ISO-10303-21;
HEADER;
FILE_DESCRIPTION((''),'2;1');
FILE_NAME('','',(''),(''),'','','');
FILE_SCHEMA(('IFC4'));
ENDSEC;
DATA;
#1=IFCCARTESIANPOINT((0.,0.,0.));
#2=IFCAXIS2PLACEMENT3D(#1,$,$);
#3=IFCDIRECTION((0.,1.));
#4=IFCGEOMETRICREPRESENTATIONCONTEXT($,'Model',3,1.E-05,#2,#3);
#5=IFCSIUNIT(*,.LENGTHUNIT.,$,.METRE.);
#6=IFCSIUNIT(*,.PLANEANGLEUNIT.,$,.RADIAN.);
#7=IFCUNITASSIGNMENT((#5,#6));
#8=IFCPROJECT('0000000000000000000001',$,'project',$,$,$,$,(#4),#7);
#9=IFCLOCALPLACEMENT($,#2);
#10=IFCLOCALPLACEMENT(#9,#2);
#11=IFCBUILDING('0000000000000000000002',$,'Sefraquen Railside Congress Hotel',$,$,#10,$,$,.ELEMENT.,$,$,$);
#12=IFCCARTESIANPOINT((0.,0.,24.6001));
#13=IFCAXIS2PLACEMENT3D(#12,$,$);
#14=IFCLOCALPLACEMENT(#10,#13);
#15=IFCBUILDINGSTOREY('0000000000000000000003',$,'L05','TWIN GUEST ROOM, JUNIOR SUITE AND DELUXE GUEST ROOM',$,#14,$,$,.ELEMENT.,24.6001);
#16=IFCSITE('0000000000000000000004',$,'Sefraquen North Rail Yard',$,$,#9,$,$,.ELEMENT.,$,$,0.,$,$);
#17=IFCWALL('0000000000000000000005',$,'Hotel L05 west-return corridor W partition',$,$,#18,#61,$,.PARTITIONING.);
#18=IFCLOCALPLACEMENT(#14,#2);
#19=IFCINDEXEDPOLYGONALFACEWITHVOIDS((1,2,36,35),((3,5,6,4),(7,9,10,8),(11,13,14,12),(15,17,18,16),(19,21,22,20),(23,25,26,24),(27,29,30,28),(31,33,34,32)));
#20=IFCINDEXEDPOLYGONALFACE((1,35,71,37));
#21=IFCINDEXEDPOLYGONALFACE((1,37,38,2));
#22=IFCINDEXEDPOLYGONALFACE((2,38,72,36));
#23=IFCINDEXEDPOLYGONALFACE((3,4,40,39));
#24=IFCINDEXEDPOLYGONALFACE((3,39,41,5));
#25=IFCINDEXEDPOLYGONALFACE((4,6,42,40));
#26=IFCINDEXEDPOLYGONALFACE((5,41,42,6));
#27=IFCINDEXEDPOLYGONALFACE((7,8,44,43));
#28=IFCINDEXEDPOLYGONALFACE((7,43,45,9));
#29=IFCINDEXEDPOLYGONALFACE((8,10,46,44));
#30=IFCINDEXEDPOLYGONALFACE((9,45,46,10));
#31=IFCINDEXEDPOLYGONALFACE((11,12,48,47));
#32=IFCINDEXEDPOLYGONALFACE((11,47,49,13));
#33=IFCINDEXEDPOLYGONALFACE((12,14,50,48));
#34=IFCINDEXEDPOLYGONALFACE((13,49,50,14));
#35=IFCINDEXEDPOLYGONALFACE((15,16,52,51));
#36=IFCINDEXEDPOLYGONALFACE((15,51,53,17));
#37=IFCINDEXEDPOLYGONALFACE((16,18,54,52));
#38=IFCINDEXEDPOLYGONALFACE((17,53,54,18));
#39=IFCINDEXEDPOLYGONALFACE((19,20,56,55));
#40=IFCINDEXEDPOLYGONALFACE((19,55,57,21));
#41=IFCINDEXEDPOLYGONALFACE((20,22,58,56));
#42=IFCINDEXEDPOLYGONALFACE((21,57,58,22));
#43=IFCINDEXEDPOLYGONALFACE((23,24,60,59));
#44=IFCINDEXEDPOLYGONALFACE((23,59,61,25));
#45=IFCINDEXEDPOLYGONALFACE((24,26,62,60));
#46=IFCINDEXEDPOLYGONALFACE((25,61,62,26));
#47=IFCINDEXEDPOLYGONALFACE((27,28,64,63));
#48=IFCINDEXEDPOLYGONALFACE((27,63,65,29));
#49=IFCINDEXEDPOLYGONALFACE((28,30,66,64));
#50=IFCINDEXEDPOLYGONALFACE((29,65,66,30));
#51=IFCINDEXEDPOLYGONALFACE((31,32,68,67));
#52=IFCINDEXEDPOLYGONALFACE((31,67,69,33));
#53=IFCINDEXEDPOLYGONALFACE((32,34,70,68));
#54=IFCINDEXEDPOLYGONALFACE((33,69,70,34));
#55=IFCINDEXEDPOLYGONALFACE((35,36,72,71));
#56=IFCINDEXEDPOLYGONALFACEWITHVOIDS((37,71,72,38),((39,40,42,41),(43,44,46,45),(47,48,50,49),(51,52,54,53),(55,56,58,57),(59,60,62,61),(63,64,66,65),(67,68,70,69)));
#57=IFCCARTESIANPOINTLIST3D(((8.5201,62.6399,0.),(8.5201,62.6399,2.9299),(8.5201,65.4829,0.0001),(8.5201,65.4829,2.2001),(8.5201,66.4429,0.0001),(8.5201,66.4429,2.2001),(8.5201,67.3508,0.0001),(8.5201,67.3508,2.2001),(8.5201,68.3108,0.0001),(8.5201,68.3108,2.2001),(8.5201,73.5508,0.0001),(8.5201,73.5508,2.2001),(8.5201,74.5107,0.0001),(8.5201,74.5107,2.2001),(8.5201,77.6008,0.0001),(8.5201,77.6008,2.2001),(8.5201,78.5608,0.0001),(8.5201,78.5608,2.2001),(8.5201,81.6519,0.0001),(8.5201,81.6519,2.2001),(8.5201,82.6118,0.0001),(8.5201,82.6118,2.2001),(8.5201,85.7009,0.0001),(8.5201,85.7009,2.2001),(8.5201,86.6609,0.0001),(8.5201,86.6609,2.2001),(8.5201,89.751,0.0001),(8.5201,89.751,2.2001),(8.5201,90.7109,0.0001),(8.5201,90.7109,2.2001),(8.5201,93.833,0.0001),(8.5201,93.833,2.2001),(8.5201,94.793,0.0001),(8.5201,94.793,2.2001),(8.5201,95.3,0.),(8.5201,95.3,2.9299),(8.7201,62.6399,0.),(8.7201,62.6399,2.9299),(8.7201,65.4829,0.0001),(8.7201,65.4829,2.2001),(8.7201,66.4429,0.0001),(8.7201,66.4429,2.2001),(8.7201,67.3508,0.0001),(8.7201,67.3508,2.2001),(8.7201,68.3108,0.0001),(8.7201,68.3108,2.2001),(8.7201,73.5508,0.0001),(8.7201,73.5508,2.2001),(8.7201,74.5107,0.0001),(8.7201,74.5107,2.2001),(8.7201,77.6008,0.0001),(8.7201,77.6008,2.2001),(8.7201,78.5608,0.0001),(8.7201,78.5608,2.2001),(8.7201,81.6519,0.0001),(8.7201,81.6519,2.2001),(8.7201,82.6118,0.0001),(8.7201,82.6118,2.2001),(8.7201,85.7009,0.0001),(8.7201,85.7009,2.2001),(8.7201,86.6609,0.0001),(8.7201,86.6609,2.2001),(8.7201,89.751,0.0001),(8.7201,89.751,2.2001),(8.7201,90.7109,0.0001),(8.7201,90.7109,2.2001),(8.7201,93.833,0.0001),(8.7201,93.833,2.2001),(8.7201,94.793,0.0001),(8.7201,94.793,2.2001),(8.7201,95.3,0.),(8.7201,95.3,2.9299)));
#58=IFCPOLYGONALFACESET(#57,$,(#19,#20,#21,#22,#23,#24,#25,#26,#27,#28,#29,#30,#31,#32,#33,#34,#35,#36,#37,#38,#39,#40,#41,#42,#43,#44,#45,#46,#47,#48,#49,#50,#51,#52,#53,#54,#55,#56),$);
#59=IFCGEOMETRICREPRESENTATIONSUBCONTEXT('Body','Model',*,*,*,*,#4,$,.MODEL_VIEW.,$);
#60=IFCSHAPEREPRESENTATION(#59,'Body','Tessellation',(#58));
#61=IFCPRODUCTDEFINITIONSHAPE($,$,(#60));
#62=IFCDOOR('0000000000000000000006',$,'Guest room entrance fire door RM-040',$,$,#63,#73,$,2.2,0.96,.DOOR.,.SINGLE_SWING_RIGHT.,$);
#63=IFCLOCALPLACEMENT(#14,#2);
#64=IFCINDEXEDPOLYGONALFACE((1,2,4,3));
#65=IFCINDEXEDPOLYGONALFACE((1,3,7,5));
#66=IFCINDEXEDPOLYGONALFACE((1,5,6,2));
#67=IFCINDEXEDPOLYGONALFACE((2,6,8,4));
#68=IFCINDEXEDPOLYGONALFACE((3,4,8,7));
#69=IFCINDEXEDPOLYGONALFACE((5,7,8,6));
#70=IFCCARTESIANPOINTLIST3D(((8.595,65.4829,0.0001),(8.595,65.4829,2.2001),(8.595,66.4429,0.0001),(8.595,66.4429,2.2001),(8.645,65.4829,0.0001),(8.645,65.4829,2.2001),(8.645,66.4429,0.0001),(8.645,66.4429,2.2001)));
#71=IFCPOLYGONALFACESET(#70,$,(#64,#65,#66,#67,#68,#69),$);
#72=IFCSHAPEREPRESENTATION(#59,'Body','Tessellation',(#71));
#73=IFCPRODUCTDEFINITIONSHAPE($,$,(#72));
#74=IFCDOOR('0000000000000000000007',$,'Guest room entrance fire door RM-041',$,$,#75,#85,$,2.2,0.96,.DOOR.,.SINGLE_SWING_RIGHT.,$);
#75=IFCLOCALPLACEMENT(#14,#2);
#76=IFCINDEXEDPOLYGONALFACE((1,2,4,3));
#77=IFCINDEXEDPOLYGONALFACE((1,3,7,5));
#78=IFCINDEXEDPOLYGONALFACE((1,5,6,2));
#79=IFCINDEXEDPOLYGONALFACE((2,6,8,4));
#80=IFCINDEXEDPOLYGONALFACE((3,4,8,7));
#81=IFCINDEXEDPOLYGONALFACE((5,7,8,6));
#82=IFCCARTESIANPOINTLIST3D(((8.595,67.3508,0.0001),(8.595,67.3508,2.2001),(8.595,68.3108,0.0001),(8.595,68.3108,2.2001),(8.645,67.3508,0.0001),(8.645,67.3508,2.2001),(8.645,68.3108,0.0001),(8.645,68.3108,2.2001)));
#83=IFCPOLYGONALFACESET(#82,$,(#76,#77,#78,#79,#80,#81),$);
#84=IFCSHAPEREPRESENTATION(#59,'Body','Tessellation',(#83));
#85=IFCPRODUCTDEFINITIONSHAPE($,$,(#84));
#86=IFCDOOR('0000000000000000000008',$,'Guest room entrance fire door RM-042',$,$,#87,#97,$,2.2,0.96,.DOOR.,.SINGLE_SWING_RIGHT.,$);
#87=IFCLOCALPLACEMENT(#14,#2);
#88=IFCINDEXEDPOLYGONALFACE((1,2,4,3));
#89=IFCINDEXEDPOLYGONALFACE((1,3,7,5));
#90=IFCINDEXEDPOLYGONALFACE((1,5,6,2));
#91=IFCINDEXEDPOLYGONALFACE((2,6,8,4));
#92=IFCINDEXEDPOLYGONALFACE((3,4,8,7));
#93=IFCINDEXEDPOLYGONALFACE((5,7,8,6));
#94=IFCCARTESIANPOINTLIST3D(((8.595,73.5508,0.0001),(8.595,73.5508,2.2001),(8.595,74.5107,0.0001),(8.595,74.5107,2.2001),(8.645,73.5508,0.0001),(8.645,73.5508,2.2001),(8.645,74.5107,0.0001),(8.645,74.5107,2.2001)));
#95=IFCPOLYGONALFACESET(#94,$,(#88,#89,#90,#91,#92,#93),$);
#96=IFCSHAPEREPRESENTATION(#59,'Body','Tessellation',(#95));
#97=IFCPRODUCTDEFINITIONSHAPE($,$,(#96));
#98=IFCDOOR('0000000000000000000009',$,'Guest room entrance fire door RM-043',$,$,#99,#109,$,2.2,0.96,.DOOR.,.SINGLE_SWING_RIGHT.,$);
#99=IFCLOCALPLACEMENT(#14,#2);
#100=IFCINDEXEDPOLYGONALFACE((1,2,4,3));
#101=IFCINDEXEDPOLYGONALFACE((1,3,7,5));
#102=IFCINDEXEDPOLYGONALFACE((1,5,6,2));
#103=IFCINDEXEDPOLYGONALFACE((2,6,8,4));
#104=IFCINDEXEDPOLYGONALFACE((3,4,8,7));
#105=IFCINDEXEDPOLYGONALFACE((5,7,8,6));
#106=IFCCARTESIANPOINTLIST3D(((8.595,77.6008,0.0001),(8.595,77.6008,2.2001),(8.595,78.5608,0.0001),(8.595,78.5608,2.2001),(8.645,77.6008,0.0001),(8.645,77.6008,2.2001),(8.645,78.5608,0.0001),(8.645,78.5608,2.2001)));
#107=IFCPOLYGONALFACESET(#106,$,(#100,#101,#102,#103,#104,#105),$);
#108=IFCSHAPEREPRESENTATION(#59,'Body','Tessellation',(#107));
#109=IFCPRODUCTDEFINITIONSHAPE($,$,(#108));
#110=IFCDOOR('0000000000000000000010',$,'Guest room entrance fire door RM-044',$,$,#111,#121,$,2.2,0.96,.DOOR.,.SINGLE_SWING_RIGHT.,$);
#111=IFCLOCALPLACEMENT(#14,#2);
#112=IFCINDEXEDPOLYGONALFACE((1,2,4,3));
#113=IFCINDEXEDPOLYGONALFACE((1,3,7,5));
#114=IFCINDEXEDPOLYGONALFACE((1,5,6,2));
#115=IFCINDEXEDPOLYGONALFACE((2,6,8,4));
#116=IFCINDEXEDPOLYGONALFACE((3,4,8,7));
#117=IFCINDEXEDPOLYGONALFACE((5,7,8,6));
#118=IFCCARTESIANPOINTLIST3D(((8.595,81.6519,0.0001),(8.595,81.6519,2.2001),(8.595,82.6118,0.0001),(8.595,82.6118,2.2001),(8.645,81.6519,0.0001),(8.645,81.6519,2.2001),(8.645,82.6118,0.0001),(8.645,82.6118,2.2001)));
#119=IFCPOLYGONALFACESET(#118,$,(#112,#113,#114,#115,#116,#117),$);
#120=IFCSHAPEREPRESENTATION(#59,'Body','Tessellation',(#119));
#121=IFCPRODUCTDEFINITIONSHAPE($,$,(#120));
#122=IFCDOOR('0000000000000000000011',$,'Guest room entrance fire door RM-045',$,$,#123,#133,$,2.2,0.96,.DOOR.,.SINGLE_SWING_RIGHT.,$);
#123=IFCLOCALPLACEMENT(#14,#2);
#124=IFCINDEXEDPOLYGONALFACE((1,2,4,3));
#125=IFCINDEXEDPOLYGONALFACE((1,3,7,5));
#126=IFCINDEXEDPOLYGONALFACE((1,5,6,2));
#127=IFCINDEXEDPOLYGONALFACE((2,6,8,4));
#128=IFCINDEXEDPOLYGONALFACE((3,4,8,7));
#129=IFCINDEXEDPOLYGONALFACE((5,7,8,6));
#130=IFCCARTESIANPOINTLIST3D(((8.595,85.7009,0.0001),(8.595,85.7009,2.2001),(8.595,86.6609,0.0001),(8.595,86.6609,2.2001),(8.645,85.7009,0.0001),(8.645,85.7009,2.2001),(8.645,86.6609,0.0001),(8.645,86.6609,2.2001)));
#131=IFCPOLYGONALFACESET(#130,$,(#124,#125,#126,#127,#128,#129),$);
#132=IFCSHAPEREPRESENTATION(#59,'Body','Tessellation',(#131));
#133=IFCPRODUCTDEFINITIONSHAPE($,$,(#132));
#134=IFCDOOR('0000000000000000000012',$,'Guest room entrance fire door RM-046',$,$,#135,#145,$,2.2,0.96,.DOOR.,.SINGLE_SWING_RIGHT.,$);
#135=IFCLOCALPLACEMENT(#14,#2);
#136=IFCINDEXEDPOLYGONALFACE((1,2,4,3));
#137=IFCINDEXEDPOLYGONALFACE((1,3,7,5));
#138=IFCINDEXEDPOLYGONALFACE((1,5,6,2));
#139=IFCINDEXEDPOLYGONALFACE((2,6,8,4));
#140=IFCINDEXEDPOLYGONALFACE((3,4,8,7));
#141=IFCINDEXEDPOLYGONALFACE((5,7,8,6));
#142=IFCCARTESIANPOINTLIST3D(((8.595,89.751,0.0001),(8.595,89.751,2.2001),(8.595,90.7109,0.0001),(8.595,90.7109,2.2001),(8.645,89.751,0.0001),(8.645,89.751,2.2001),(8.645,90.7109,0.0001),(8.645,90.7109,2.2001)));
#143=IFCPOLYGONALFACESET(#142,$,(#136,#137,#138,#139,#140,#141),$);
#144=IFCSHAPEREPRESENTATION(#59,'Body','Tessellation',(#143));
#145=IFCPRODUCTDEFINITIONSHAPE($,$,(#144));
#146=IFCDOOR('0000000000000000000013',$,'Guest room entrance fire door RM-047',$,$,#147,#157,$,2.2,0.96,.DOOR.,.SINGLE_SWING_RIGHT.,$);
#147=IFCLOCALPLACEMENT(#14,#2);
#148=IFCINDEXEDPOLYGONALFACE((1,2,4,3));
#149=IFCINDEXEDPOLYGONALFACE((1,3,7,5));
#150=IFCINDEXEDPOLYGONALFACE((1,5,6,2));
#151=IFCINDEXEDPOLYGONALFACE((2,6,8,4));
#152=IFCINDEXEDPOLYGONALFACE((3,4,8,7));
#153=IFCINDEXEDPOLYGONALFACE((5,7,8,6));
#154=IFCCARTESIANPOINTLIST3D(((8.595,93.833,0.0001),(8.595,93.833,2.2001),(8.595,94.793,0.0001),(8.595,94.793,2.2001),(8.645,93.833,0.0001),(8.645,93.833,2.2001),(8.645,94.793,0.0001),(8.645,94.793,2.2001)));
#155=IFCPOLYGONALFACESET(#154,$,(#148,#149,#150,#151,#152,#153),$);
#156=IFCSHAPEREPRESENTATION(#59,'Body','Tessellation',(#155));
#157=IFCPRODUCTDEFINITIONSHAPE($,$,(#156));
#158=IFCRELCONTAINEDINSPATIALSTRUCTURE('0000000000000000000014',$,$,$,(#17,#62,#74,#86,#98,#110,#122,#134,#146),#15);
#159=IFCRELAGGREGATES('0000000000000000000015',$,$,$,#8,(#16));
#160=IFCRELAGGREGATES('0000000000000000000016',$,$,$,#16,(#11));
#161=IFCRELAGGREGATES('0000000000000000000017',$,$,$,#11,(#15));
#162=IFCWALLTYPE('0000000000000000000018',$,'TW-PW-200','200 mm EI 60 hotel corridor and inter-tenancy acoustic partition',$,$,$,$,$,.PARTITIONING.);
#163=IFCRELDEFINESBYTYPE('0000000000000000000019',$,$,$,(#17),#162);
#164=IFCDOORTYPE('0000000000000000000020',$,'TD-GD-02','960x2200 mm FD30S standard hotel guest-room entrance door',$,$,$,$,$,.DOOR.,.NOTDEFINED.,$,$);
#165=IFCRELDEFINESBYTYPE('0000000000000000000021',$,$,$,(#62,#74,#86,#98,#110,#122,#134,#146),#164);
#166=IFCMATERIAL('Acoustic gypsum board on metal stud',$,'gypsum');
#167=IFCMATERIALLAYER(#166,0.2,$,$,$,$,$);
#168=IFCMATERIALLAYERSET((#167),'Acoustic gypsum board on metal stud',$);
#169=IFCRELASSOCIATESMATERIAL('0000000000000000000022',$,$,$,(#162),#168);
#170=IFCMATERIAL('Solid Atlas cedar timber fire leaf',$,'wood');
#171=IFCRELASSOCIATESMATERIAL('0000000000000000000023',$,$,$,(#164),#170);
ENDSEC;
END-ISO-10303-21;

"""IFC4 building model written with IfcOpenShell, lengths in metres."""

from ifc_helpers import new_model, si_unit, direction, frame, frame_2d, origin, place, context, subcontext, project, spatial, rectangle, extrude, material, layer, layer_set, type_object, element, fill, save


model = new_model("IFC4")

# Units and contexts
model_context = context("Model", 3, precision=1e-05, world=origin(), true_north=direction((0.0, 1.0)))
body_context = subcontext(model_context, "Body", "Model", "MODEL_VIEW")
ifc_project = project(units=[si_unit("LENGTHUNIT", "METRE"), si_unit("PLANEANGLEUNIT", "RADIAN")], contexts=[model_context])

# Site, building, storey
site_placement = place(None, origin())
site = spatial("IfcSite", under=ifc_project, at=site_placement, Name="Sefraquen North Rail Yard", CompositionType="ELEMENT", RefElevation=0.0)
building_placement = place(site_placement, origin())
building = spatial("IfcBuilding", under=site, at=building_placement, Name="Sefraquen Railside Congress Hotel", CompositionType="ELEMENT")
storey_placement = place(building_placement, frame((0.0, 0.0, 24.6001)))
storey = spatial("IfcBuildingStorey", under=building, at=storey_placement, Name="L05", Description="TWIN GUEST ROOM, JUNIOR SUITE AND DELUXE GUEST ROOM", CompositionType="ELEMENT", Elevation=24.6001)

# Wall, openings, doors
ifc_material_1 = material(Name="Acoustic gypsum board on metal stud", Category="gypsum")
ifc_layer_1 = layer(ifc_material_1, 0.2)
ifc_layer_set_1 = layer_set([ifc_layer_1], Name="Acoustic gypsum board on metal stud")
wall_type_1 = type_object("IfcWallType", Name="TW-PW-200", Description="200 mm EI 60 hotel corridor and inter-tenancy acoustic partition", PredefinedType="PARTITIONING", material=ifc_layer_set_1)
wall_1_placement = place(storey_placement, frame((8.6201, 62.6399, 0.0), z_axis=(0.0, 0.0, 1.0), x_axis=(0.0, 1.0, 0.0)))
wall_1 = element("IfcWall", 1, at=wall_1_placement, inside=storey, type_object=wall_type_1, Name="Hotel L05 west-return corridor W partition", PredefinedType="PARTITIONING", context=body_context, shape_type="SweptSolid", body=[
    extrude(rectangle(XDim=32.6602, YDim=0.2, at=frame_2d((16.3301, 0.0))), origin(), (0.0, 0.0, 1.0), 2.9299),
])
opening_1_placement = place(wall_1_placement, frame((2.843, 0.0, 0.0)))
opening_1 = element("IfcOpeningElement", 2, at=opening_1_placement, cuts=wall_1, PredefinedType="OPENING", context=body_context, shape_type="SweptSolid", body=[
    extrude(rectangle(XDim=0.96, YDim=2.2, at=frame_2d((0.48, 1.1001))), frame((0.0, 0.1099, 0.0), z_axis=(0.0, -1.0, 0.0), x_axis=(1.0, 0.0, 0.0)), (0.0, 0.0, 1.0), 0.22),
])
opening_2_placement = place(wall_1_placement, frame((4.7109, 0.0, 0.0)))
opening_2 = element("IfcOpeningElement", 3, at=opening_2_placement, cuts=wall_1, PredefinedType="OPENING", context=body_context, shape_type="SweptSolid", body=[
    extrude(rectangle(XDim=0.96, YDim=2.2, at=frame_2d((0.48, 1.1001))), frame((0.0, 0.1099, 0.0), z_axis=(0.0, -1.0, 0.0), x_axis=(1.0, 0.0, 0.0)), (0.0, 0.0, 1.0), 0.22),
])
opening_3_placement = place(wall_1_placement, frame((10.9109, 0.0, 0.0)))
opening_3 = element("IfcOpeningElement", 4, at=opening_3_placement, cuts=wall_1, PredefinedType="OPENING", context=body_context, shape_type="SweptSolid", body=[
    extrude(rectangle(XDim=0.96, YDim=2.2, at=frame_2d((0.48, 1.1001))), frame((0.0, 0.1099, 0.0), z_axis=(0.0, -1.0, 0.0), x_axis=(1.0, 0.0, 0.0)), (0.0, 0.0, 1.0), 0.22),
])
opening_4_placement = place(wall_1_placement, frame((14.9609, 0.0, 0.0)))
opening_4 = element("IfcOpeningElement", 5, at=opening_4_placement, cuts=wall_1, PredefinedType="OPENING", context=body_context, shape_type="SweptSolid", body=[
    extrude(rectangle(XDim=0.96, YDim=2.2, at=frame_2d((0.48, 1.1001))), frame((0.0, 0.1099, 0.0), z_axis=(0.0, -1.0, 0.0), x_axis=(1.0, 0.0, 0.0)), (0.0, 0.0, 1.0), 0.22),
])
opening_5_placement = place(wall_1_placement, frame((19.012, 0.0, 0.0)))
opening_5 = element("IfcOpeningElement", 6, at=opening_5_placement, cuts=wall_1, PredefinedType="OPENING", context=body_context, shape_type="SweptSolid", body=[
    extrude(rectangle(XDim=0.96, YDim=2.2, at=frame_2d((0.48, 1.1001))), frame((0.0, 0.1099, 0.0), z_axis=(0.0, -1.0, 0.0), x_axis=(1.0, 0.0, 0.0)), (0.0, 0.0, 1.0), 0.22),
])
opening_6_placement = place(wall_1_placement, frame((23.061, 0.0, 0.0)))
opening_6 = element("IfcOpeningElement", 7, at=opening_6_placement, cuts=wall_1, PredefinedType="OPENING", context=body_context, shape_type="SweptSolid", body=[
    extrude(rectangle(XDim=0.96, YDim=2.2, at=frame_2d((0.48, 1.1001))), frame((0.0, 0.1099, 0.0), z_axis=(0.0, -1.0, 0.0), x_axis=(1.0, 0.0, 0.0)), (0.0, 0.0, 1.0), 0.22),
])
opening_7_placement = place(wall_1_placement, frame((27.1111, 0.0, 0.0)))
opening_7 = element("IfcOpeningElement", 8, at=opening_7_placement, cuts=wall_1, PredefinedType="OPENING", context=body_context, shape_type="SweptSolid", body=[
    extrude(rectangle(XDim=0.96, YDim=2.2, at=frame_2d((0.48, 1.1001))), frame((0.0, 0.1099, 0.0), z_axis=(0.0, -1.0, 0.0), x_axis=(1.0, 0.0, 0.0)), (0.0, 0.0, 1.0), 0.22),
])
opening_8_placement = place(wall_1_placement, frame((31.1931, 0.0, 0.0)))
opening_8 = element("IfcOpeningElement", 9, at=opening_8_placement, cuts=wall_1, PredefinedType="OPENING", context=body_context, shape_type="SweptSolid", body=[
    extrude(rectangle(XDim=0.96, YDim=2.2, at=frame_2d((0.48, 1.1001))), frame((0.0, 0.1099, 0.0), z_axis=(0.0, -1.0, 0.0), x_axis=(1.0, 0.0, 0.0)), (0.0, 0.0, 1.0), 0.22),
])
ifc_material_2 = material(Name="Solid Atlas cedar timber fire leaf", Category="wood")
door_type_1 = type_object("IfcDoorType", Name="TD-GD-02", Description="960x2200 mm FD30S standard hotel guest-room entrance door", OperationType="NOTDEFINED", PredefinedType="DOOR", material=ifc_material_2)
door_1_placement = place(opening_1_placement, frame((0.96, 0.0, 0.0), z_axis=(0.0, 0.0, 1.0), x_axis=(-1.0, 0.0, 0.0)))
door_1 = element("IfcDoor", 10, at=door_1_placement, inside=storey, type_object=door_type_1, Name="Guest room entrance fire door RM-040", OperationType="SINGLE_SWING_RIGHT", OverallHeight=2.2, OverallWidth=0.96, PredefinedType="DOOR", context=body_context, shape_type="SweptSolid", body=[
    extrude(rectangle(XDim=0.96, YDim=2.2, at=frame_2d((0.48, 1.1001))), frame((0.0, 0.0249, 0.0), z_axis=(0.0, -1.0, 0.0), x_axis=(1.0, 0.0, 0.0)), (0.0, 0.0, 1.0), 0.05),
])
fill(opening_1, door_1)
door_2_placement = place(opening_2_placement, frame((0.96, 0.0, 0.0), z_axis=(0.0, 0.0, 1.0), x_axis=(-1.0, 0.0, 0.0)))
door_2 = element("IfcDoor", 11, at=door_2_placement, inside=storey, type_object=door_type_1, Name="Guest room entrance fire door RM-041", OperationType="SINGLE_SWING_RIGHT", OverallHeight=2.2, OverallWidth=0.96, PredefinedType="DOOR", context=body_context, shape_type="SweptSolid", body=[
    extrude(rectangle(XDim=0.96, YDim=2.2, at=frame_2d((0.48, 1.1001))), frame((0.0, 0.0249, 0.0), z_axis=(0.0, -1.0, 0.0), x_axis=(1.0, 0.0, 0.0)), (0.0, 0.0, 1.0), 0.05),
])
fill(opening_2, door_2)
door_3_placement = place(opening_3_placement, frame((0.96, 0.0, 0.0), z_axis=(0.0, 0.0, 1.0), x_axis=(-1.0, 0.0, 0.0)))
door_3 = element("IfcDoor", 12, at=door_3_placement, inside=storey, type_object=door_type_1, Name="Guest room entrance fire door RM-042", OperationType="SINGLE_SWING_RIGHT", OverallHeight=2.2, OverallWidth=0.96, PredefinedType="DOOR", context=body_context, shape_type="SweptSolid", body=[
    extrude(rectangle(XDim=0.96, YDim=2.2, at=frame_2d((0.48, 1.1001))), frame((0.0, 0.0249, 0.0), z_axis=(0.0, -1.0, 0.0), x_axis=(1.0, 0.0, 0.0)), (0.0, 0.0, 1.0), 0.05),
])
fill(opening_3, door_3)
door_4_placement = place(opening_4_placement, frame((0.96, 0.0, 0.0), z_axis=(0.0, 0.0, 1.0), x_axis=(-1.0, 0.0, 0.0)))
door_4 = element("IfcDoor", 13, at=door_4_placement, inside=storey, type_object=door_type_1, Name="Guest room entrance fire door RM-043", OperationType="SINGLE_SWING_RIGHT", OverallHeight=2.2, OverallWidth=0.96, PredefinedType="DOOR", context=body_context, shape_type="SweptSolid", body=[
    extrude(rectangle(XDim=0.96, YDim=2.2, at=frame_2d((0.48, 1.1001))), frame((0.0, 0.0249, 0.0), z_axis=(0.0, -1.0, 0.0), x_axis=(1.0, 0.0, 0.0)), (0.0, 0.0, 1.0), 0.05),
])
fill(opening_4, door_4)
door_5_placement = place(opening_5_placement, frame((0.96, 0.0, 0.0), z_axis=(0.0, 0.0, 1.0), x_axis=(-1.0, 0.0, 0.0)))
door_5 = element("IfcDoor", 14, at=door_5_placement, inside=storey, type_object=door_type_1, Name="Guest room entrance fire door RM-044", OperationType="SINGLE_SWING_RIGHT", OverallHeight=2.2, OverallWidth=0.96, PredefinedType="DOOR", context=body_context, shape_type="SweptSolid", body=[
    extrude(rectangle(XDim=0.96, YDim=2.2, at=frame_2d((0.48, 1.1001))), frame((0.0, 0.0249, 0.0), z_axis=(0.0, -1.0, 0.0), x_axis=(1.0, 0.0, 0.0)), (0.0, 0.0, 1.0), 0.05),
])
fill(opening_5, door_5)
door_6_placement = place(opening_6_placement, frame((0.96, 0.0, 0.0), z_axis=(0.0, 0.0, 1.0), x_axis=(-1.0, 0.0, 0.0)))
door_6 = element("IfcDoor", 15, at=door_6_placement, inside=storey, type_object=door_type_1, Name="Guest room entrance fire door RM-045", OperationType="SINGLE_SWING_RIGHT", OverallHeight=2.2, OverallWidth=0.96, PredefinedType="DOOR", context=body_context, shape_type="SweptSolid", body=[
    extrude(rectangle(XDim=0.96, YDim=2.2, at=frame_2d((0.48, 1.1001))), frame((0.0, 0.0249, 0.0), z_axis=(0.0, -1.0, 0.0), x_axis=(1.0, 0.0, 0.0)), (0.0, 0.0, 1.0), 0.05),
])
fill(opening_6, door_6)
door_7_placement = place(opening_7_placement, frame((0.96, 0.0, 0.0), z_axis=(0.0, 0.0, 1.0), x_axis=(-1.0, 0.0, 0.0)))
door_7 = element("IfcDoor", 16, at=door_7_placement, inside=storey, type_object=door_type_1, Name="Guest room entrance fire door RM-046", OperationType="SINGLE_SWING_RIGHT", OverallHeight=2.2, OverallWidth=0.96, PredefinedType="DOOR", context=body_context, shape_type="SweptSolid", body=[
    extrude(rectangle(XDim=0.96, YDim=2.2, at=frame_2d((0.48, 1.1001))), frame((0.0, 0.0249, 0.0), z_axis=(0.0, -1.0, 0.0), x_axis=(1.0, 0.0, 0.0)), (0.0, 0.0, 1.0), 0.05),
])
fill(opening_7, door_7)
door_8_placement = place(opening_8_placement, frame((0.96, 0.0, 0.0), z_axis=(0.0, 0.0, 1.0), x_axis=(-1.0, 0.0, 0.0)))
door_8 = element("IfcDoor", 17, at=door_8_placement, inside=storey, type_object=door_type_1, Name="Guest room entrance fire door RM-047", OperationType="SINGLE_SWING_RIGHT", OverallHeight=2.2, OverallWidth=0.96, PredefinedType="DOOR", context=body_context, shape_type="SweptSolid", body=[
    extrude(rectangle(XDim=0.96, YDim=2.2, at=frame_2d((0.48, 1.1001))), frame((0.0, 0.0249, 0.0), z_axis=(0.0, -1.0, 0.0), x_axis=(1.0, 0.0, 0.0)), (0.0, 0.0, 1.0), 0.05),
])
fill(opening_8, door_8)

save(model, "model.ifc")
